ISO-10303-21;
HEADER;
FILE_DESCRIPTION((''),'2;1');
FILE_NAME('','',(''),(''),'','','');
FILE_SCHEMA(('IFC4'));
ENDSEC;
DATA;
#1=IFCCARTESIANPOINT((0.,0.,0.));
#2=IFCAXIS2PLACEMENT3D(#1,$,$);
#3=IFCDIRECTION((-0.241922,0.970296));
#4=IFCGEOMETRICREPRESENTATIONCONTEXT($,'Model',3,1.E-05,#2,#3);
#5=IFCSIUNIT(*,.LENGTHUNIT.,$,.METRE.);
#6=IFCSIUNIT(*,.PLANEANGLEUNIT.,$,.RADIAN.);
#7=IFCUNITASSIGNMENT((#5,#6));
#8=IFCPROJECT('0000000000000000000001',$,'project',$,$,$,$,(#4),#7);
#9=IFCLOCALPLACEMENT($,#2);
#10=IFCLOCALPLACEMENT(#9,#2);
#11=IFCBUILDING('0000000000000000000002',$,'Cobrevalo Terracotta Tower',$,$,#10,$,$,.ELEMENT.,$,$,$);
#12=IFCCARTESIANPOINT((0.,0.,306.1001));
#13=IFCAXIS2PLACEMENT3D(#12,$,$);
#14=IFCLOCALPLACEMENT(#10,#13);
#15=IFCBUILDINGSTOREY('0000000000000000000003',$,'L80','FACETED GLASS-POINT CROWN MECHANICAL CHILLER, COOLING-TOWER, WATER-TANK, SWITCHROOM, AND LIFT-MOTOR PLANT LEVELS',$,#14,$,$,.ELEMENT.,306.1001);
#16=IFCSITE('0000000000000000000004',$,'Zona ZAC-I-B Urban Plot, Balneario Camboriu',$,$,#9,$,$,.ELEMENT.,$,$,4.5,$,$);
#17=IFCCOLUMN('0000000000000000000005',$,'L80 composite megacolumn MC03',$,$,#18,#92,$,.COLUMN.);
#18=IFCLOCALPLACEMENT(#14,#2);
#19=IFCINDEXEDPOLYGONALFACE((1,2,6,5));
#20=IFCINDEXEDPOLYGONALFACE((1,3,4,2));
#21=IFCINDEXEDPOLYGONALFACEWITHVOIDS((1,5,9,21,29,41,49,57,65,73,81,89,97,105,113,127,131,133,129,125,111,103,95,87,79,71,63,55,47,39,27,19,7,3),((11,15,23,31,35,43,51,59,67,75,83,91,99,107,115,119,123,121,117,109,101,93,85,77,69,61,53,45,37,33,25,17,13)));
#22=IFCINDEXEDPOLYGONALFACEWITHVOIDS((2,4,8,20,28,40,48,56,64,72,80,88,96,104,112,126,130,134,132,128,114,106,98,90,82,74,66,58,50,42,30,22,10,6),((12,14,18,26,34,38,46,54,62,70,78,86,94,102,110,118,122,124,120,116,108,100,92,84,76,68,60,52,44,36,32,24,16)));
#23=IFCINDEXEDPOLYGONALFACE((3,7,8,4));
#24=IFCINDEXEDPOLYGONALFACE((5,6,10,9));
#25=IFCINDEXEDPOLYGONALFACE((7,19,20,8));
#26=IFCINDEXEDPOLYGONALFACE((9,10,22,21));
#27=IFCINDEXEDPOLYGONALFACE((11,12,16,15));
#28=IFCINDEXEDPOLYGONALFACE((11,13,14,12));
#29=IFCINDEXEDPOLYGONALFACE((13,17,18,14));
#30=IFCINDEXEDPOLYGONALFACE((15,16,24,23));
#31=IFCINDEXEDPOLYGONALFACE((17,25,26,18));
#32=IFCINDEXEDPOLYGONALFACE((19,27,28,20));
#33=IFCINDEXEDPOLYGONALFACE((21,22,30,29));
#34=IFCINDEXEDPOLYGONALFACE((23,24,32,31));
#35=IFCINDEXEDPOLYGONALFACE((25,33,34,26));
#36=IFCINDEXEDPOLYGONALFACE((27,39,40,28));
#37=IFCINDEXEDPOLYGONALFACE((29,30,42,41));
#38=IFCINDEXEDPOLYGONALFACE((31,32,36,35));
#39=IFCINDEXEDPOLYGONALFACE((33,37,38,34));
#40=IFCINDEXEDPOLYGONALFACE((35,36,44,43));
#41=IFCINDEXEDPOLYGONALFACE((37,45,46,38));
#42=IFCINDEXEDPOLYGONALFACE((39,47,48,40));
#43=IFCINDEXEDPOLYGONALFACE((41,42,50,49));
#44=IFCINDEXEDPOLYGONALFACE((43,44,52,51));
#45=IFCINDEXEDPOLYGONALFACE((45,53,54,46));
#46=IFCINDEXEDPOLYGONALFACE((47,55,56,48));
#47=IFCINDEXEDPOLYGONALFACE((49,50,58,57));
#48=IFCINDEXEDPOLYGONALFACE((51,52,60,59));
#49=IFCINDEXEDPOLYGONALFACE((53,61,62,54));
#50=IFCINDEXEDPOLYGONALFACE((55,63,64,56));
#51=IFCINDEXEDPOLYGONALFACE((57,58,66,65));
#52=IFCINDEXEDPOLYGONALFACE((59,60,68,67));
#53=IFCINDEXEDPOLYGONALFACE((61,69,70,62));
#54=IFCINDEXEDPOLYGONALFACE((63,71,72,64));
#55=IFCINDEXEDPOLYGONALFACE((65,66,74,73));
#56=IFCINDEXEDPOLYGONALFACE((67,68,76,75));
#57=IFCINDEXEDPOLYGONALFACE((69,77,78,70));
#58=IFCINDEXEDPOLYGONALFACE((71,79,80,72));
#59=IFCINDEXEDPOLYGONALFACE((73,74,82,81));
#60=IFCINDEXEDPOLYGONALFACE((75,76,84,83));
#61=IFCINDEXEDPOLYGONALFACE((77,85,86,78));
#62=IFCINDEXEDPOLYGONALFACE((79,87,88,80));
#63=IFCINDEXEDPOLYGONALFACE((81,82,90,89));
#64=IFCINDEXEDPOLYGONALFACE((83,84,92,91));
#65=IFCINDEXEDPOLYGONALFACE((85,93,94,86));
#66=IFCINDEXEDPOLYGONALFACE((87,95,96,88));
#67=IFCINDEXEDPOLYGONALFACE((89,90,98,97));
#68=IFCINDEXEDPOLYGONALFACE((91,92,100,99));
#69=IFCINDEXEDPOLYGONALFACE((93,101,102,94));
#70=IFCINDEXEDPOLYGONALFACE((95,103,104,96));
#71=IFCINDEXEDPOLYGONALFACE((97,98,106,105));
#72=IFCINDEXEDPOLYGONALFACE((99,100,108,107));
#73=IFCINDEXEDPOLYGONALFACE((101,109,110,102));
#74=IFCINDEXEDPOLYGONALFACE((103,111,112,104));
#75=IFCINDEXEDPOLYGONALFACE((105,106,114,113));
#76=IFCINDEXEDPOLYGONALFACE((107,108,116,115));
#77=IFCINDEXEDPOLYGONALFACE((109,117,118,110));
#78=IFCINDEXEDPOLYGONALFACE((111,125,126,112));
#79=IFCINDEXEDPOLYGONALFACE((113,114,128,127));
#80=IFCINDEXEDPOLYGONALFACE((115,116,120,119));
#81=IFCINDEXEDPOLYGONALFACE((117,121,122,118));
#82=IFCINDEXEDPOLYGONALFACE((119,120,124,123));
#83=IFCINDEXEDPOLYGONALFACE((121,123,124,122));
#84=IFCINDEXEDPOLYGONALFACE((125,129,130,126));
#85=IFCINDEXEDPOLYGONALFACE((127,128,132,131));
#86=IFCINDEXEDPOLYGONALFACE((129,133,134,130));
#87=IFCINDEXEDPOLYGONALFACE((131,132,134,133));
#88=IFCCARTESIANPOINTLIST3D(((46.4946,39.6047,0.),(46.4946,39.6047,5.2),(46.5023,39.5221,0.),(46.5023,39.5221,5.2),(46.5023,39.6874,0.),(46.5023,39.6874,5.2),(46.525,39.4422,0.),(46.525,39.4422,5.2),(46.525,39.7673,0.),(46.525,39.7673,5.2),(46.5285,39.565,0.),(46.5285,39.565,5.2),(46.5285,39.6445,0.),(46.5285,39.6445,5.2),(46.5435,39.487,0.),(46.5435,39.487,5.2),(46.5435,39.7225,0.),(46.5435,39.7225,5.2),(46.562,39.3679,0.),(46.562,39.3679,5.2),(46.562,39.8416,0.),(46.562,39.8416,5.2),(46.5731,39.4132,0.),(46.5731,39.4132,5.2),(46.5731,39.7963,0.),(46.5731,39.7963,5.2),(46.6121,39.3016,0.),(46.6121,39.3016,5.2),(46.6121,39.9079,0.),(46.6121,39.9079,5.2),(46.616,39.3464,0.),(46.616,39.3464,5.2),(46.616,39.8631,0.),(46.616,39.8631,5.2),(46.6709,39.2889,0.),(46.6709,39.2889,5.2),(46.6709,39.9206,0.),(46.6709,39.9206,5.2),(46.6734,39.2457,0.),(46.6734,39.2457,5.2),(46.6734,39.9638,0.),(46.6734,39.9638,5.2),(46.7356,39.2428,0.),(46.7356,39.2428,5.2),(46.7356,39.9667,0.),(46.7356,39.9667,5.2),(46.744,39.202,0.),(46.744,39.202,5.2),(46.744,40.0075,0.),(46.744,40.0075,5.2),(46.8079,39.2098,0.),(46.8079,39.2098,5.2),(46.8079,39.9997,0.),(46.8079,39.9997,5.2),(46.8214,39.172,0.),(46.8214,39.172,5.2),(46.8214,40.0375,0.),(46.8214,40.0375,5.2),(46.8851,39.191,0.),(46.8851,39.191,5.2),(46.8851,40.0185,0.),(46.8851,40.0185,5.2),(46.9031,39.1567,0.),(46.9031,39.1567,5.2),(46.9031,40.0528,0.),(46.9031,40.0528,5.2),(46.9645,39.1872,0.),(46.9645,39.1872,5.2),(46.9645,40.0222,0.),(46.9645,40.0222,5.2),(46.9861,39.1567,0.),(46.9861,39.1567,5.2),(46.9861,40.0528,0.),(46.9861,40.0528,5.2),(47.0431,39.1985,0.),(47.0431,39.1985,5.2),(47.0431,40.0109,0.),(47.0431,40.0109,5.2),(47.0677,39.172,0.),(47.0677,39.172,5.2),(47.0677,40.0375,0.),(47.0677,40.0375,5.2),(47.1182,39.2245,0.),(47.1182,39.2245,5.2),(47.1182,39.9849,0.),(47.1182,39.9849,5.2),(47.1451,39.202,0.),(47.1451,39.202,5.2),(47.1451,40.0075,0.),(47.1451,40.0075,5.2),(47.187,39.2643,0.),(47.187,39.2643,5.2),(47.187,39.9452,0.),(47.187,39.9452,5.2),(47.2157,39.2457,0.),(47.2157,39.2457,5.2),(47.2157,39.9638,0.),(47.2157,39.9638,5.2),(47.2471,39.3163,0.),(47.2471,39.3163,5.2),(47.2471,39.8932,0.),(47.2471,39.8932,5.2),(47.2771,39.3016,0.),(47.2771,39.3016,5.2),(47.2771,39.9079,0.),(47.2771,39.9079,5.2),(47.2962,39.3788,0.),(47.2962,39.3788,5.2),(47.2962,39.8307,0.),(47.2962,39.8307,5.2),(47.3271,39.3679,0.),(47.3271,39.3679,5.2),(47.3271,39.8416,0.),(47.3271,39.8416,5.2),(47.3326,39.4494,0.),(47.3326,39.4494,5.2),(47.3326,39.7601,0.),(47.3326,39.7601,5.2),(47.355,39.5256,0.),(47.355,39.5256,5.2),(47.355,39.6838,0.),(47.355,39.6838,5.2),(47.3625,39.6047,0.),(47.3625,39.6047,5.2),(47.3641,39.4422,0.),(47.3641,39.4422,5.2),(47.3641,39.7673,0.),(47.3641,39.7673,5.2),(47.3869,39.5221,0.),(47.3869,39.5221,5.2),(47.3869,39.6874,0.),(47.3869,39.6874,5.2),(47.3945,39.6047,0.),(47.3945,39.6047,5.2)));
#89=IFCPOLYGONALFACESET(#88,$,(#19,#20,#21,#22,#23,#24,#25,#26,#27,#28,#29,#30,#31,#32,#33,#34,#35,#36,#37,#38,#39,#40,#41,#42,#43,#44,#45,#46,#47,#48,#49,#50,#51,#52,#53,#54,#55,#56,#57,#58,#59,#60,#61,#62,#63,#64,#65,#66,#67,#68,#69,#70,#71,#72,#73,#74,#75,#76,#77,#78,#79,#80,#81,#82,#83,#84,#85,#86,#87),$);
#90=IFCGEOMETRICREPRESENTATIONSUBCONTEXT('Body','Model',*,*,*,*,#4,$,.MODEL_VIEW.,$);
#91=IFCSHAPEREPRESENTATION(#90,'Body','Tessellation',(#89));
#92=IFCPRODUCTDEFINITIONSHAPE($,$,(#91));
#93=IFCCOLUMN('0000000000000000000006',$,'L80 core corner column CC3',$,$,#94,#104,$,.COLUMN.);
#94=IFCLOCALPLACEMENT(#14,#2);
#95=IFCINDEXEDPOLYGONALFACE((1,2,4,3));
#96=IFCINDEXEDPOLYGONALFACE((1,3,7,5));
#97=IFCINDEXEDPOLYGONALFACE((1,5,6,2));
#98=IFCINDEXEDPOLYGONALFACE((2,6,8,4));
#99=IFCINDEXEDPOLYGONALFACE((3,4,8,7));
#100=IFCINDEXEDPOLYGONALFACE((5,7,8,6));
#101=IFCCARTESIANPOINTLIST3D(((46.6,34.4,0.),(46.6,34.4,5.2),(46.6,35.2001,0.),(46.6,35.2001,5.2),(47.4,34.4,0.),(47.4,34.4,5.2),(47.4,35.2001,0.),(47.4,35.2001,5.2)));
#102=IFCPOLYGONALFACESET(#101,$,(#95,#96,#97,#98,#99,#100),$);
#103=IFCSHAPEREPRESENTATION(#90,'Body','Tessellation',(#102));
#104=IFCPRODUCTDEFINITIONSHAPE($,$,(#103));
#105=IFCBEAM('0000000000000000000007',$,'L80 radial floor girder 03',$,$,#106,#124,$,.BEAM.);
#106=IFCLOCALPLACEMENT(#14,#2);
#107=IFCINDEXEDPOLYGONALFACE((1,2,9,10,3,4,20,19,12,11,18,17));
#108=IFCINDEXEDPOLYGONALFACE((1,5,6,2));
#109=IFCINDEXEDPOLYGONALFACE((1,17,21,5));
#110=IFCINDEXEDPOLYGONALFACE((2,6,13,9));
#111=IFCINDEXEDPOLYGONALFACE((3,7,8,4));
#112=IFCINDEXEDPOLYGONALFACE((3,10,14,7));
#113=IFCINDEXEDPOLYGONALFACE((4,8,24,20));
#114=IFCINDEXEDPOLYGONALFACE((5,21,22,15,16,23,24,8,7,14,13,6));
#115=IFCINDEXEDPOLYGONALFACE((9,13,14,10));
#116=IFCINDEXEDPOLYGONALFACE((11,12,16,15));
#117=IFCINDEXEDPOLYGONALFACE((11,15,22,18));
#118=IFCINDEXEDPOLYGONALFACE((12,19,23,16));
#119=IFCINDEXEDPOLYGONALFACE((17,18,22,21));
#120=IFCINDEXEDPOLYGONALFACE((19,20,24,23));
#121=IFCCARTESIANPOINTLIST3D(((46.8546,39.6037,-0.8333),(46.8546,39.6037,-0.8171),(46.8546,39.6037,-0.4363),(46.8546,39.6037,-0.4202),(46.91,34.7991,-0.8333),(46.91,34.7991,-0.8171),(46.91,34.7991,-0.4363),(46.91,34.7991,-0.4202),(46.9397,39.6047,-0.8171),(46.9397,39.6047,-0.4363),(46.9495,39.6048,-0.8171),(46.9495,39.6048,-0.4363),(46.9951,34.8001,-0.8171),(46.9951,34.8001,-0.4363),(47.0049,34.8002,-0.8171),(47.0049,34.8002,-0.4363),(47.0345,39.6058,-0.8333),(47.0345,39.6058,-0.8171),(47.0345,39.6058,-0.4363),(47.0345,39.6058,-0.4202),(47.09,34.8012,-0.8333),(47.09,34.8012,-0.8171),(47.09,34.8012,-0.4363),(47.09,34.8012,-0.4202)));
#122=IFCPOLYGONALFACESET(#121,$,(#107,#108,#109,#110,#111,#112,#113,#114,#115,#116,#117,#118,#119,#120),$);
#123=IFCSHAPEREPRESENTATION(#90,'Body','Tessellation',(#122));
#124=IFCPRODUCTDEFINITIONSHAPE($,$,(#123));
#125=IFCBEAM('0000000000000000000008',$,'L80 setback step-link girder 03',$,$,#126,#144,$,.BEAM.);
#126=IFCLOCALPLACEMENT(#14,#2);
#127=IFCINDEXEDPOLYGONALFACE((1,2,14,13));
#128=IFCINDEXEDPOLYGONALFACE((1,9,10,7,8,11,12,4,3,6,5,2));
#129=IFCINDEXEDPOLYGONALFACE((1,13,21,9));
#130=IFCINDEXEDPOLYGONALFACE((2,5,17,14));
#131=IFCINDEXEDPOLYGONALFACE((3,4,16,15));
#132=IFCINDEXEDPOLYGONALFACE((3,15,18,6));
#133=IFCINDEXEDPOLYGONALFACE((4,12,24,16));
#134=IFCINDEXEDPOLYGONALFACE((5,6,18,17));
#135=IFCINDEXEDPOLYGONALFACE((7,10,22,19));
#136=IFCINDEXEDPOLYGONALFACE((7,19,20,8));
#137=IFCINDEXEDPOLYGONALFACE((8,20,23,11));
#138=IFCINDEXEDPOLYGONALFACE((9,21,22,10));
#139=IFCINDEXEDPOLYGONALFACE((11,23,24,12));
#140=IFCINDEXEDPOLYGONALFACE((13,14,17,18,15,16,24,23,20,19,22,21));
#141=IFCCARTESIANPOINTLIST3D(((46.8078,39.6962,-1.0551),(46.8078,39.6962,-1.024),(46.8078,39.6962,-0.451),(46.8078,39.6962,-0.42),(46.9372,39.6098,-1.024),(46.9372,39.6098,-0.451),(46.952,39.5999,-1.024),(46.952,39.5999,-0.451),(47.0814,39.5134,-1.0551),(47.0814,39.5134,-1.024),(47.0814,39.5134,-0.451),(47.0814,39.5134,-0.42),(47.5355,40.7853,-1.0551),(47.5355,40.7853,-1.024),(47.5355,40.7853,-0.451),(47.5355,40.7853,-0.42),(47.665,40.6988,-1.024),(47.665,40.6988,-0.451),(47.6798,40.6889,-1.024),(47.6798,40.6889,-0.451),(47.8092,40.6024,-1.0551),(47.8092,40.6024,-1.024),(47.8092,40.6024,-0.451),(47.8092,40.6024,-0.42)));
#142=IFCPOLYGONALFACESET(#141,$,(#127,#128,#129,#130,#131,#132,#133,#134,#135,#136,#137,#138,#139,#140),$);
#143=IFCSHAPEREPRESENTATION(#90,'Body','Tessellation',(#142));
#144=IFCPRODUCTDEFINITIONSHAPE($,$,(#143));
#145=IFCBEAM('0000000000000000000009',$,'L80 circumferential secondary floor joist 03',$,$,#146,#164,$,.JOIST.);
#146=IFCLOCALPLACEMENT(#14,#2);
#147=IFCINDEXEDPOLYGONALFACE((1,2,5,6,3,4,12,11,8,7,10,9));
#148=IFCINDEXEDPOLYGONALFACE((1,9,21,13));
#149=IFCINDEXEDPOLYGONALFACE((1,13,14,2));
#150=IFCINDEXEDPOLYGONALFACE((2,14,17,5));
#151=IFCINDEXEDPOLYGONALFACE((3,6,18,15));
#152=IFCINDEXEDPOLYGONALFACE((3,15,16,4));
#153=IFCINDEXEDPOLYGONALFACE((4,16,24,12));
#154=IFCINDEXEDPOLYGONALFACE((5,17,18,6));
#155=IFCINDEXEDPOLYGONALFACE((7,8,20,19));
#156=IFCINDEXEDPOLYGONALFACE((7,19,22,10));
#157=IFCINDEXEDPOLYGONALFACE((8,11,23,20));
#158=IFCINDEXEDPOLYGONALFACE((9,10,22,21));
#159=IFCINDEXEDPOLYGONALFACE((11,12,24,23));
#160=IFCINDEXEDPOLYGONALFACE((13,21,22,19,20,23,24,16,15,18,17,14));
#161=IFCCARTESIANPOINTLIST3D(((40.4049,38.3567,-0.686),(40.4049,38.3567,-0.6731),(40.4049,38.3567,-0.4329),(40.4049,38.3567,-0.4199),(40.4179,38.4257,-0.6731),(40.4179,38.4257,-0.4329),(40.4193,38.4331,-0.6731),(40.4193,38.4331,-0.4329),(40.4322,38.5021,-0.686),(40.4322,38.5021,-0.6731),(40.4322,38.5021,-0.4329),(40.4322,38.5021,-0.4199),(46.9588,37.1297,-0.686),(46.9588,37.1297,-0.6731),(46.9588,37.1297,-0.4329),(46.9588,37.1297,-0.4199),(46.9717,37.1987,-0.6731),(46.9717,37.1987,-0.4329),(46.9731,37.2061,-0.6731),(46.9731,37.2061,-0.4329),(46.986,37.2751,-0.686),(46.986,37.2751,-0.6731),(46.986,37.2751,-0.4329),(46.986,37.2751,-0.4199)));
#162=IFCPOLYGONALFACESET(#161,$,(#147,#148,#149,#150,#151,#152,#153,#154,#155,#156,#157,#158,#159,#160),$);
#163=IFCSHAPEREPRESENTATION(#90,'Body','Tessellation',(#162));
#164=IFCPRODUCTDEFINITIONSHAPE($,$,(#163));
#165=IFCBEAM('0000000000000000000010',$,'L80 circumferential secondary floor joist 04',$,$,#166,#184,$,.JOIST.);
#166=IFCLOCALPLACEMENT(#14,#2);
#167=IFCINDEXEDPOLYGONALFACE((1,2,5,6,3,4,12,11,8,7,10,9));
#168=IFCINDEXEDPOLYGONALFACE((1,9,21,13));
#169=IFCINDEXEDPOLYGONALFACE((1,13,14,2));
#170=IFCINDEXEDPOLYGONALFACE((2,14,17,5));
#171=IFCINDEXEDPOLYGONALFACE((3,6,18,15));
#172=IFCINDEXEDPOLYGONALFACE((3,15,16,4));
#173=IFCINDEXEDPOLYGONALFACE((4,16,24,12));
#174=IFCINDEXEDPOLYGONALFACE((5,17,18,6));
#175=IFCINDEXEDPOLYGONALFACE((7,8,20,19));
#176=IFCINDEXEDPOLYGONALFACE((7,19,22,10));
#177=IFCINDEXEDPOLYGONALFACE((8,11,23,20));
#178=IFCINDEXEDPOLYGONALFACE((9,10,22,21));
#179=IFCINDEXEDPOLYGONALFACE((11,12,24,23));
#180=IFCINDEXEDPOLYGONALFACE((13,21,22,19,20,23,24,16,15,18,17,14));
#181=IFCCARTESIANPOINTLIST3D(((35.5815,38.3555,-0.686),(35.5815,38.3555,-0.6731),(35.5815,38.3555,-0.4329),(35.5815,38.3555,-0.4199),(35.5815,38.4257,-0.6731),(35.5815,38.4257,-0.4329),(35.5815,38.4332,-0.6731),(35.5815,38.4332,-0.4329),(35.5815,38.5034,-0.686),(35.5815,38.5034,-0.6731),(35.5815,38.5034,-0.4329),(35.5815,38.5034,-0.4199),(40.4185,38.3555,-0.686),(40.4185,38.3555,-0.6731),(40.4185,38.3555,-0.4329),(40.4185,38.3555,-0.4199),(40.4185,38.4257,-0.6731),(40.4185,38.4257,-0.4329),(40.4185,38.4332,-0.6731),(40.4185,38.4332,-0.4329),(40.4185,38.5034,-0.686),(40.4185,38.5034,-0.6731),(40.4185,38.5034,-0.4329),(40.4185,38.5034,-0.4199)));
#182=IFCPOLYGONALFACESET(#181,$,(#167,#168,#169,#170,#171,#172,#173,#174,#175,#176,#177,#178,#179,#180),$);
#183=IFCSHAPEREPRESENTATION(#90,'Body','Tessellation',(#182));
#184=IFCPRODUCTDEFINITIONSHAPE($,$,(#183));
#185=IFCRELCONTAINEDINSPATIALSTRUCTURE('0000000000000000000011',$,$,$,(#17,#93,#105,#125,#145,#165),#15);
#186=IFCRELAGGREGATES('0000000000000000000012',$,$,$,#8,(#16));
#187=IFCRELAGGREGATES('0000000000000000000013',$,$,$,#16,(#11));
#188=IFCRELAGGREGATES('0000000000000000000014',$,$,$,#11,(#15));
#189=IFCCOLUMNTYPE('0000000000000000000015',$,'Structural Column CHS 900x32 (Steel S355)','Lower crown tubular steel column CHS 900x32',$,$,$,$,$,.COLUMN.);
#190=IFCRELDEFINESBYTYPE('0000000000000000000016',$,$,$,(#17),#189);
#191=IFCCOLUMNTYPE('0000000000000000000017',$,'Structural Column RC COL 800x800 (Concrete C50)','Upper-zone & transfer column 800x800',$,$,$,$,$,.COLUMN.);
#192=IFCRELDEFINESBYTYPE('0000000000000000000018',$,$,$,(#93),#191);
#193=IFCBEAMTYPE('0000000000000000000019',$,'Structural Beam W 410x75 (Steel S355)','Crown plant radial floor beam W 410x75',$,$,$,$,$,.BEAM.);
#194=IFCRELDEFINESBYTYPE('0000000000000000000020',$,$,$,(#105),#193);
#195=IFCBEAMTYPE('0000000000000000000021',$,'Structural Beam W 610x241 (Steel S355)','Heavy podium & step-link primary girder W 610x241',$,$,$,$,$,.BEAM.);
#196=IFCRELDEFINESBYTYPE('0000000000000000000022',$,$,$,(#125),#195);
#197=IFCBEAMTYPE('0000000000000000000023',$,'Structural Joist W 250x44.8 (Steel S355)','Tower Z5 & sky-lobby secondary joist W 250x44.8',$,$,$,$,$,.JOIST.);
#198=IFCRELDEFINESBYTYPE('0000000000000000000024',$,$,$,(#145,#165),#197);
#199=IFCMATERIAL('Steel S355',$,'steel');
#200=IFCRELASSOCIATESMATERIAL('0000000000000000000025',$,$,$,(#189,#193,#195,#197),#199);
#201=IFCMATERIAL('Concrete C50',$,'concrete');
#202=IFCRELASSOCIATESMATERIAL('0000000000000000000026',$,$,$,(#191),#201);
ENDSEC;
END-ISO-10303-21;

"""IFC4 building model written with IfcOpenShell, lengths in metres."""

from ifc_helpers import new_model, si_unit, direction, frame, origin, origin_2d, place, context, subcontext, project, spatial, rectangle, hollow_circle, i_section, extrude, material, material_profile, profile_set, type_object, element, save


model = new_model("IFC4")

# Units and contexts
model_context = context("Model", 3, precision=1e-05, world=origin(), true_north=direction((-0.241922, 0.970296)))
body_context = subcontext(model_context, "Body", "Model", "MODEL_VIEW")
ifc_project = project(units=[si_unit("LENGTHUNIT", "METRE"), si_unit("PLANEANGLEUNIT", "RADIAN")], contexts=[model_context])

# Site, building, storey
site_placement = place(None, origin())
site = spatial("IfcSite", under=ifc_project, at=site_placement, Name="Zona ZAC-I-B Urban Plot, Balneario Camboriu", CompositionType="ELEMENT", RefElevation=4.5)
building_placement = place(site_placement, origin())
building = spatial("IfcBuilding", under=site, at=building_placement, Name="Cobrevalo Terracotta Tower", CompositionType="ELEMENT")
storey_placement = place(building_placement, frame((0.0, 0.0, 306.1001)))
storey = spatial("IfcBuildingStorey", under=building, at=storey_placement, Name="L80", Description="FACETED GLASS-POINT CROWN MECHANICAL CHILLER, COOLING-TOWER, WATER-TANK, SWITCHROOM, AND LIFT-MOTOR PLANT LEVELS", CompositionType="ELEMENT", Elevation=306.1001)

# Columns
ifc_material_1 = material(Name="Steel S355", Category="steel")
ifc_material_profile_1 = material_profile(ifc_material_1, hollow_circle(Radius=0.45, WallThickness=0.032, at=origin_2d()), Name="CHS 900x32")
ifc_profile_set_1 = profile_set([ifc_material_profile_1], Name="Steel S355")
column_type_1 = type_object("IfcColumnType", Name="Structural Column CHS 900x32 (Steel S355)", Description="Lower crown tubular steel column CHS 900x32", PredefinedType="COLUMN", material=ifc_profile_set_1)
column_1_placement = place(storey_placement, frame((46.9446, 39.6047, 0.0), z_axis=(0.0, 0.0, 1.0), x_axis=(1.0, 0.0, 0.0)))
element("IfcColumn", 1, at=column_1_placement, inside=storey, type_object=column_type_1, Name="L80 composite megacolumn MC03", PredefinedType="COLUMN", context=body_context, shape_type="SweptSolid", body=[
    extrude(hollow_circle(Radius=0.45, WallThickness=0.032, at=origin_2d()), origin(), (0.0, 0.0, 1.0), 5.2),
])
ifc_material_2 = material(Name="Concrete C50", Category="concrete")
ifc_material_profile_2 = material_profile(ifc_material_2, rectangle(XDim=0.8, YDim=0.8, at=origin_2d()), Name="RC COL 800x800")
ifc_profile_set_2 = profile_set([ifc_material_profile_2], Name="Concrete C50")
column_type_2 = type_object("IfcColumnType", Name="Structural Column RC COL 800x800 (Concrete C50)", Description="Upper-zone & transfer column 800x800", PredefinedType="COLUMN", material=ifc_profile_set_2)
column_2_placement = place(storey_placement, frame((47.0, 34.8, 0.0), z_axis=(0.0, 0.0, 1.0), x_axis=(1.0, 0.0, 0.0)))
element("IfcColumn", 2, at=column_2_placement, inside=storey, type_object=column_type_2, Name="L80 core corner column CC3", PredefinedType="COLUMN", context=body_context, shape_type="SweptSolid", body=[
    extrude(rectangle(XDim=0.8, YDim=0.8, at=origin_2d()), origin(), (0.0, 0.0, 1.0), 5.2),
])

# Beams
ifc_material_profile_3 = material_profile(ifc_material_1, i_section(OverallWidth=0.1799, OverallDepth=0.4131, WebThickness=0.0098, FlangeThickness=0.0161, at=origin_2d()), Name="W 410x75")
ifc_profile_set_3 = profile_set([ifc_material_profile_3], Name="Steel S355")
beam_type_1 = type_object("IfcBeamType", Name="Structural Beam W 410x75 (Steel S355)", Description="Crown plant radial floor beam W 410x75", PredefinedType="BEAM", material=ifc_profile_set_3)
beam_1_placement = place(storey_placement, frame((46.9446, 39.6047, -0.6267), z_axis=(0.011534, -0.999933, 0.0), x_axis=(0.999933, 0.011534, 0.0)))
element("IfcBeam", 3, at=beam_1_placement, inside=storey, type_object=beam_type_1, Name="L80 radial floor girder 03", PredefinedType="BEAM", context=body_context, shape_type="SweptSolid", body=[
    extrude(i_section(OverallWidth=0.1799, OverallDepth=0.4131, WebThickness=0.0098, FlangeThickness=0.0161, at=origin_2d()), origin(), (0.0, 0.0, 1.0), 4.8049),
])
ifc_material_profile_4 = material_profile(ifc_material_1, i_section(OverallWidth=0.3291, OverallDepth=0.635, WebThickness=0.0178, FlangeThickness=0.031, at=origin_2d()), Name="W 610x241")
ifc_profile_set_4 = profile_set([ifc_material_profile_4], Name="Steel S355")
beam_type_2 = type_object("IfcBeamType", Name="Structural Beam W 610x241 (Steel S355)", Description="Heavy podium & step-link primary girder W 610x241", PredefinedType="BEAM", material=ifc_profile_set_4)
beam_2_placement = place(storey_placement, frame((47.6724, 40.6938, -0.7375), z_axis=(-0.555603, -0.831448, 0.0), x_axis=(0.831448, -0.555603, 0.0)))
element("IfcBeam", 4, at=beam_2_placement, inside=storey, type_object=beam_type_2, Name="L80 setback step-link girder 03", PredefinedType="BEAM", context=body_context, shape_type="SweptSolid", body=[
    extrude(i_section(OverallWidth=0.3291, OverallDepth=0.635, WebThickness=0.0178, FlangeThickness=0.031, at=origin_2d()), origin(), (0.0, 0.0, 1.0), 1.3098),
])
ifc_material_profile_5 = material_profile(ifc_material_1, i_section(OverallWidth=0.1479, OverallDepth=0.2661, WebThickness=0.0076, FlangeThickness=0.0129, at=origin_2d()), Name="W 250x44.8")
ifc_profile_set_5 = profile_set([ifc_material_profile_5], Name="Steel S355")
beam_type_3 = type_object("IfcBeamType", Name="Structural Joist W 250x44.8 (Steel S355)", Description="Tower Z5 & sky-lobby secondary joist W 250x44.8", PredefinedType="JOIST", material=ifc_profile_set_5)
beam_3_placement = place(storey_placement, frame((46.9724, 37.2024, -0.553), z_axis=(-0.982921, 0.184025, 0.0), x_axis=(-0.184025, -0.982921, 0.0)))
element("IfcBeam", 5, at=beam_3_placement, inside=storey, type_object=beam_type_3, Name="L80 circumferential secondary floor joist 03", PredefinedType="JOIST", context=body_context, shape_type="SweptSolid", body=[
    extrude(i_section(OverallWidth=0.1479, OverallDepth=0.2661, WebThickness=0.0076, FlangeThickness=0.0129, at=origin_2d()), origin(), (0.0, 0.0, 1.0), 6.6677),
])
beam_4_placement = place(storey_placement, frame((40.4185, 38.4294, -0.553), z_axis=(-1.0, 0.0, 0.0), x_axis=(0.0, -1.0, 0.0)))
element("IfcBeam", 6, at=beam_4_placement, inside=storey, type_object=beam_type_3, Name="L80 circumferential secondary floor joist 04", PredefinedType="JOIST", context=body_context, shape_type="SweptSolid", body=[
    extrude(i_section(OverallWidth=0.1479, OverallDepth=0.2661, WebThickness=0.0076, FlangeThickness=0.0129, at=origin_2d()), origin(), (0.0, 0.0, 1.0), 4.8369),
])

save(model, "model.ifc")
